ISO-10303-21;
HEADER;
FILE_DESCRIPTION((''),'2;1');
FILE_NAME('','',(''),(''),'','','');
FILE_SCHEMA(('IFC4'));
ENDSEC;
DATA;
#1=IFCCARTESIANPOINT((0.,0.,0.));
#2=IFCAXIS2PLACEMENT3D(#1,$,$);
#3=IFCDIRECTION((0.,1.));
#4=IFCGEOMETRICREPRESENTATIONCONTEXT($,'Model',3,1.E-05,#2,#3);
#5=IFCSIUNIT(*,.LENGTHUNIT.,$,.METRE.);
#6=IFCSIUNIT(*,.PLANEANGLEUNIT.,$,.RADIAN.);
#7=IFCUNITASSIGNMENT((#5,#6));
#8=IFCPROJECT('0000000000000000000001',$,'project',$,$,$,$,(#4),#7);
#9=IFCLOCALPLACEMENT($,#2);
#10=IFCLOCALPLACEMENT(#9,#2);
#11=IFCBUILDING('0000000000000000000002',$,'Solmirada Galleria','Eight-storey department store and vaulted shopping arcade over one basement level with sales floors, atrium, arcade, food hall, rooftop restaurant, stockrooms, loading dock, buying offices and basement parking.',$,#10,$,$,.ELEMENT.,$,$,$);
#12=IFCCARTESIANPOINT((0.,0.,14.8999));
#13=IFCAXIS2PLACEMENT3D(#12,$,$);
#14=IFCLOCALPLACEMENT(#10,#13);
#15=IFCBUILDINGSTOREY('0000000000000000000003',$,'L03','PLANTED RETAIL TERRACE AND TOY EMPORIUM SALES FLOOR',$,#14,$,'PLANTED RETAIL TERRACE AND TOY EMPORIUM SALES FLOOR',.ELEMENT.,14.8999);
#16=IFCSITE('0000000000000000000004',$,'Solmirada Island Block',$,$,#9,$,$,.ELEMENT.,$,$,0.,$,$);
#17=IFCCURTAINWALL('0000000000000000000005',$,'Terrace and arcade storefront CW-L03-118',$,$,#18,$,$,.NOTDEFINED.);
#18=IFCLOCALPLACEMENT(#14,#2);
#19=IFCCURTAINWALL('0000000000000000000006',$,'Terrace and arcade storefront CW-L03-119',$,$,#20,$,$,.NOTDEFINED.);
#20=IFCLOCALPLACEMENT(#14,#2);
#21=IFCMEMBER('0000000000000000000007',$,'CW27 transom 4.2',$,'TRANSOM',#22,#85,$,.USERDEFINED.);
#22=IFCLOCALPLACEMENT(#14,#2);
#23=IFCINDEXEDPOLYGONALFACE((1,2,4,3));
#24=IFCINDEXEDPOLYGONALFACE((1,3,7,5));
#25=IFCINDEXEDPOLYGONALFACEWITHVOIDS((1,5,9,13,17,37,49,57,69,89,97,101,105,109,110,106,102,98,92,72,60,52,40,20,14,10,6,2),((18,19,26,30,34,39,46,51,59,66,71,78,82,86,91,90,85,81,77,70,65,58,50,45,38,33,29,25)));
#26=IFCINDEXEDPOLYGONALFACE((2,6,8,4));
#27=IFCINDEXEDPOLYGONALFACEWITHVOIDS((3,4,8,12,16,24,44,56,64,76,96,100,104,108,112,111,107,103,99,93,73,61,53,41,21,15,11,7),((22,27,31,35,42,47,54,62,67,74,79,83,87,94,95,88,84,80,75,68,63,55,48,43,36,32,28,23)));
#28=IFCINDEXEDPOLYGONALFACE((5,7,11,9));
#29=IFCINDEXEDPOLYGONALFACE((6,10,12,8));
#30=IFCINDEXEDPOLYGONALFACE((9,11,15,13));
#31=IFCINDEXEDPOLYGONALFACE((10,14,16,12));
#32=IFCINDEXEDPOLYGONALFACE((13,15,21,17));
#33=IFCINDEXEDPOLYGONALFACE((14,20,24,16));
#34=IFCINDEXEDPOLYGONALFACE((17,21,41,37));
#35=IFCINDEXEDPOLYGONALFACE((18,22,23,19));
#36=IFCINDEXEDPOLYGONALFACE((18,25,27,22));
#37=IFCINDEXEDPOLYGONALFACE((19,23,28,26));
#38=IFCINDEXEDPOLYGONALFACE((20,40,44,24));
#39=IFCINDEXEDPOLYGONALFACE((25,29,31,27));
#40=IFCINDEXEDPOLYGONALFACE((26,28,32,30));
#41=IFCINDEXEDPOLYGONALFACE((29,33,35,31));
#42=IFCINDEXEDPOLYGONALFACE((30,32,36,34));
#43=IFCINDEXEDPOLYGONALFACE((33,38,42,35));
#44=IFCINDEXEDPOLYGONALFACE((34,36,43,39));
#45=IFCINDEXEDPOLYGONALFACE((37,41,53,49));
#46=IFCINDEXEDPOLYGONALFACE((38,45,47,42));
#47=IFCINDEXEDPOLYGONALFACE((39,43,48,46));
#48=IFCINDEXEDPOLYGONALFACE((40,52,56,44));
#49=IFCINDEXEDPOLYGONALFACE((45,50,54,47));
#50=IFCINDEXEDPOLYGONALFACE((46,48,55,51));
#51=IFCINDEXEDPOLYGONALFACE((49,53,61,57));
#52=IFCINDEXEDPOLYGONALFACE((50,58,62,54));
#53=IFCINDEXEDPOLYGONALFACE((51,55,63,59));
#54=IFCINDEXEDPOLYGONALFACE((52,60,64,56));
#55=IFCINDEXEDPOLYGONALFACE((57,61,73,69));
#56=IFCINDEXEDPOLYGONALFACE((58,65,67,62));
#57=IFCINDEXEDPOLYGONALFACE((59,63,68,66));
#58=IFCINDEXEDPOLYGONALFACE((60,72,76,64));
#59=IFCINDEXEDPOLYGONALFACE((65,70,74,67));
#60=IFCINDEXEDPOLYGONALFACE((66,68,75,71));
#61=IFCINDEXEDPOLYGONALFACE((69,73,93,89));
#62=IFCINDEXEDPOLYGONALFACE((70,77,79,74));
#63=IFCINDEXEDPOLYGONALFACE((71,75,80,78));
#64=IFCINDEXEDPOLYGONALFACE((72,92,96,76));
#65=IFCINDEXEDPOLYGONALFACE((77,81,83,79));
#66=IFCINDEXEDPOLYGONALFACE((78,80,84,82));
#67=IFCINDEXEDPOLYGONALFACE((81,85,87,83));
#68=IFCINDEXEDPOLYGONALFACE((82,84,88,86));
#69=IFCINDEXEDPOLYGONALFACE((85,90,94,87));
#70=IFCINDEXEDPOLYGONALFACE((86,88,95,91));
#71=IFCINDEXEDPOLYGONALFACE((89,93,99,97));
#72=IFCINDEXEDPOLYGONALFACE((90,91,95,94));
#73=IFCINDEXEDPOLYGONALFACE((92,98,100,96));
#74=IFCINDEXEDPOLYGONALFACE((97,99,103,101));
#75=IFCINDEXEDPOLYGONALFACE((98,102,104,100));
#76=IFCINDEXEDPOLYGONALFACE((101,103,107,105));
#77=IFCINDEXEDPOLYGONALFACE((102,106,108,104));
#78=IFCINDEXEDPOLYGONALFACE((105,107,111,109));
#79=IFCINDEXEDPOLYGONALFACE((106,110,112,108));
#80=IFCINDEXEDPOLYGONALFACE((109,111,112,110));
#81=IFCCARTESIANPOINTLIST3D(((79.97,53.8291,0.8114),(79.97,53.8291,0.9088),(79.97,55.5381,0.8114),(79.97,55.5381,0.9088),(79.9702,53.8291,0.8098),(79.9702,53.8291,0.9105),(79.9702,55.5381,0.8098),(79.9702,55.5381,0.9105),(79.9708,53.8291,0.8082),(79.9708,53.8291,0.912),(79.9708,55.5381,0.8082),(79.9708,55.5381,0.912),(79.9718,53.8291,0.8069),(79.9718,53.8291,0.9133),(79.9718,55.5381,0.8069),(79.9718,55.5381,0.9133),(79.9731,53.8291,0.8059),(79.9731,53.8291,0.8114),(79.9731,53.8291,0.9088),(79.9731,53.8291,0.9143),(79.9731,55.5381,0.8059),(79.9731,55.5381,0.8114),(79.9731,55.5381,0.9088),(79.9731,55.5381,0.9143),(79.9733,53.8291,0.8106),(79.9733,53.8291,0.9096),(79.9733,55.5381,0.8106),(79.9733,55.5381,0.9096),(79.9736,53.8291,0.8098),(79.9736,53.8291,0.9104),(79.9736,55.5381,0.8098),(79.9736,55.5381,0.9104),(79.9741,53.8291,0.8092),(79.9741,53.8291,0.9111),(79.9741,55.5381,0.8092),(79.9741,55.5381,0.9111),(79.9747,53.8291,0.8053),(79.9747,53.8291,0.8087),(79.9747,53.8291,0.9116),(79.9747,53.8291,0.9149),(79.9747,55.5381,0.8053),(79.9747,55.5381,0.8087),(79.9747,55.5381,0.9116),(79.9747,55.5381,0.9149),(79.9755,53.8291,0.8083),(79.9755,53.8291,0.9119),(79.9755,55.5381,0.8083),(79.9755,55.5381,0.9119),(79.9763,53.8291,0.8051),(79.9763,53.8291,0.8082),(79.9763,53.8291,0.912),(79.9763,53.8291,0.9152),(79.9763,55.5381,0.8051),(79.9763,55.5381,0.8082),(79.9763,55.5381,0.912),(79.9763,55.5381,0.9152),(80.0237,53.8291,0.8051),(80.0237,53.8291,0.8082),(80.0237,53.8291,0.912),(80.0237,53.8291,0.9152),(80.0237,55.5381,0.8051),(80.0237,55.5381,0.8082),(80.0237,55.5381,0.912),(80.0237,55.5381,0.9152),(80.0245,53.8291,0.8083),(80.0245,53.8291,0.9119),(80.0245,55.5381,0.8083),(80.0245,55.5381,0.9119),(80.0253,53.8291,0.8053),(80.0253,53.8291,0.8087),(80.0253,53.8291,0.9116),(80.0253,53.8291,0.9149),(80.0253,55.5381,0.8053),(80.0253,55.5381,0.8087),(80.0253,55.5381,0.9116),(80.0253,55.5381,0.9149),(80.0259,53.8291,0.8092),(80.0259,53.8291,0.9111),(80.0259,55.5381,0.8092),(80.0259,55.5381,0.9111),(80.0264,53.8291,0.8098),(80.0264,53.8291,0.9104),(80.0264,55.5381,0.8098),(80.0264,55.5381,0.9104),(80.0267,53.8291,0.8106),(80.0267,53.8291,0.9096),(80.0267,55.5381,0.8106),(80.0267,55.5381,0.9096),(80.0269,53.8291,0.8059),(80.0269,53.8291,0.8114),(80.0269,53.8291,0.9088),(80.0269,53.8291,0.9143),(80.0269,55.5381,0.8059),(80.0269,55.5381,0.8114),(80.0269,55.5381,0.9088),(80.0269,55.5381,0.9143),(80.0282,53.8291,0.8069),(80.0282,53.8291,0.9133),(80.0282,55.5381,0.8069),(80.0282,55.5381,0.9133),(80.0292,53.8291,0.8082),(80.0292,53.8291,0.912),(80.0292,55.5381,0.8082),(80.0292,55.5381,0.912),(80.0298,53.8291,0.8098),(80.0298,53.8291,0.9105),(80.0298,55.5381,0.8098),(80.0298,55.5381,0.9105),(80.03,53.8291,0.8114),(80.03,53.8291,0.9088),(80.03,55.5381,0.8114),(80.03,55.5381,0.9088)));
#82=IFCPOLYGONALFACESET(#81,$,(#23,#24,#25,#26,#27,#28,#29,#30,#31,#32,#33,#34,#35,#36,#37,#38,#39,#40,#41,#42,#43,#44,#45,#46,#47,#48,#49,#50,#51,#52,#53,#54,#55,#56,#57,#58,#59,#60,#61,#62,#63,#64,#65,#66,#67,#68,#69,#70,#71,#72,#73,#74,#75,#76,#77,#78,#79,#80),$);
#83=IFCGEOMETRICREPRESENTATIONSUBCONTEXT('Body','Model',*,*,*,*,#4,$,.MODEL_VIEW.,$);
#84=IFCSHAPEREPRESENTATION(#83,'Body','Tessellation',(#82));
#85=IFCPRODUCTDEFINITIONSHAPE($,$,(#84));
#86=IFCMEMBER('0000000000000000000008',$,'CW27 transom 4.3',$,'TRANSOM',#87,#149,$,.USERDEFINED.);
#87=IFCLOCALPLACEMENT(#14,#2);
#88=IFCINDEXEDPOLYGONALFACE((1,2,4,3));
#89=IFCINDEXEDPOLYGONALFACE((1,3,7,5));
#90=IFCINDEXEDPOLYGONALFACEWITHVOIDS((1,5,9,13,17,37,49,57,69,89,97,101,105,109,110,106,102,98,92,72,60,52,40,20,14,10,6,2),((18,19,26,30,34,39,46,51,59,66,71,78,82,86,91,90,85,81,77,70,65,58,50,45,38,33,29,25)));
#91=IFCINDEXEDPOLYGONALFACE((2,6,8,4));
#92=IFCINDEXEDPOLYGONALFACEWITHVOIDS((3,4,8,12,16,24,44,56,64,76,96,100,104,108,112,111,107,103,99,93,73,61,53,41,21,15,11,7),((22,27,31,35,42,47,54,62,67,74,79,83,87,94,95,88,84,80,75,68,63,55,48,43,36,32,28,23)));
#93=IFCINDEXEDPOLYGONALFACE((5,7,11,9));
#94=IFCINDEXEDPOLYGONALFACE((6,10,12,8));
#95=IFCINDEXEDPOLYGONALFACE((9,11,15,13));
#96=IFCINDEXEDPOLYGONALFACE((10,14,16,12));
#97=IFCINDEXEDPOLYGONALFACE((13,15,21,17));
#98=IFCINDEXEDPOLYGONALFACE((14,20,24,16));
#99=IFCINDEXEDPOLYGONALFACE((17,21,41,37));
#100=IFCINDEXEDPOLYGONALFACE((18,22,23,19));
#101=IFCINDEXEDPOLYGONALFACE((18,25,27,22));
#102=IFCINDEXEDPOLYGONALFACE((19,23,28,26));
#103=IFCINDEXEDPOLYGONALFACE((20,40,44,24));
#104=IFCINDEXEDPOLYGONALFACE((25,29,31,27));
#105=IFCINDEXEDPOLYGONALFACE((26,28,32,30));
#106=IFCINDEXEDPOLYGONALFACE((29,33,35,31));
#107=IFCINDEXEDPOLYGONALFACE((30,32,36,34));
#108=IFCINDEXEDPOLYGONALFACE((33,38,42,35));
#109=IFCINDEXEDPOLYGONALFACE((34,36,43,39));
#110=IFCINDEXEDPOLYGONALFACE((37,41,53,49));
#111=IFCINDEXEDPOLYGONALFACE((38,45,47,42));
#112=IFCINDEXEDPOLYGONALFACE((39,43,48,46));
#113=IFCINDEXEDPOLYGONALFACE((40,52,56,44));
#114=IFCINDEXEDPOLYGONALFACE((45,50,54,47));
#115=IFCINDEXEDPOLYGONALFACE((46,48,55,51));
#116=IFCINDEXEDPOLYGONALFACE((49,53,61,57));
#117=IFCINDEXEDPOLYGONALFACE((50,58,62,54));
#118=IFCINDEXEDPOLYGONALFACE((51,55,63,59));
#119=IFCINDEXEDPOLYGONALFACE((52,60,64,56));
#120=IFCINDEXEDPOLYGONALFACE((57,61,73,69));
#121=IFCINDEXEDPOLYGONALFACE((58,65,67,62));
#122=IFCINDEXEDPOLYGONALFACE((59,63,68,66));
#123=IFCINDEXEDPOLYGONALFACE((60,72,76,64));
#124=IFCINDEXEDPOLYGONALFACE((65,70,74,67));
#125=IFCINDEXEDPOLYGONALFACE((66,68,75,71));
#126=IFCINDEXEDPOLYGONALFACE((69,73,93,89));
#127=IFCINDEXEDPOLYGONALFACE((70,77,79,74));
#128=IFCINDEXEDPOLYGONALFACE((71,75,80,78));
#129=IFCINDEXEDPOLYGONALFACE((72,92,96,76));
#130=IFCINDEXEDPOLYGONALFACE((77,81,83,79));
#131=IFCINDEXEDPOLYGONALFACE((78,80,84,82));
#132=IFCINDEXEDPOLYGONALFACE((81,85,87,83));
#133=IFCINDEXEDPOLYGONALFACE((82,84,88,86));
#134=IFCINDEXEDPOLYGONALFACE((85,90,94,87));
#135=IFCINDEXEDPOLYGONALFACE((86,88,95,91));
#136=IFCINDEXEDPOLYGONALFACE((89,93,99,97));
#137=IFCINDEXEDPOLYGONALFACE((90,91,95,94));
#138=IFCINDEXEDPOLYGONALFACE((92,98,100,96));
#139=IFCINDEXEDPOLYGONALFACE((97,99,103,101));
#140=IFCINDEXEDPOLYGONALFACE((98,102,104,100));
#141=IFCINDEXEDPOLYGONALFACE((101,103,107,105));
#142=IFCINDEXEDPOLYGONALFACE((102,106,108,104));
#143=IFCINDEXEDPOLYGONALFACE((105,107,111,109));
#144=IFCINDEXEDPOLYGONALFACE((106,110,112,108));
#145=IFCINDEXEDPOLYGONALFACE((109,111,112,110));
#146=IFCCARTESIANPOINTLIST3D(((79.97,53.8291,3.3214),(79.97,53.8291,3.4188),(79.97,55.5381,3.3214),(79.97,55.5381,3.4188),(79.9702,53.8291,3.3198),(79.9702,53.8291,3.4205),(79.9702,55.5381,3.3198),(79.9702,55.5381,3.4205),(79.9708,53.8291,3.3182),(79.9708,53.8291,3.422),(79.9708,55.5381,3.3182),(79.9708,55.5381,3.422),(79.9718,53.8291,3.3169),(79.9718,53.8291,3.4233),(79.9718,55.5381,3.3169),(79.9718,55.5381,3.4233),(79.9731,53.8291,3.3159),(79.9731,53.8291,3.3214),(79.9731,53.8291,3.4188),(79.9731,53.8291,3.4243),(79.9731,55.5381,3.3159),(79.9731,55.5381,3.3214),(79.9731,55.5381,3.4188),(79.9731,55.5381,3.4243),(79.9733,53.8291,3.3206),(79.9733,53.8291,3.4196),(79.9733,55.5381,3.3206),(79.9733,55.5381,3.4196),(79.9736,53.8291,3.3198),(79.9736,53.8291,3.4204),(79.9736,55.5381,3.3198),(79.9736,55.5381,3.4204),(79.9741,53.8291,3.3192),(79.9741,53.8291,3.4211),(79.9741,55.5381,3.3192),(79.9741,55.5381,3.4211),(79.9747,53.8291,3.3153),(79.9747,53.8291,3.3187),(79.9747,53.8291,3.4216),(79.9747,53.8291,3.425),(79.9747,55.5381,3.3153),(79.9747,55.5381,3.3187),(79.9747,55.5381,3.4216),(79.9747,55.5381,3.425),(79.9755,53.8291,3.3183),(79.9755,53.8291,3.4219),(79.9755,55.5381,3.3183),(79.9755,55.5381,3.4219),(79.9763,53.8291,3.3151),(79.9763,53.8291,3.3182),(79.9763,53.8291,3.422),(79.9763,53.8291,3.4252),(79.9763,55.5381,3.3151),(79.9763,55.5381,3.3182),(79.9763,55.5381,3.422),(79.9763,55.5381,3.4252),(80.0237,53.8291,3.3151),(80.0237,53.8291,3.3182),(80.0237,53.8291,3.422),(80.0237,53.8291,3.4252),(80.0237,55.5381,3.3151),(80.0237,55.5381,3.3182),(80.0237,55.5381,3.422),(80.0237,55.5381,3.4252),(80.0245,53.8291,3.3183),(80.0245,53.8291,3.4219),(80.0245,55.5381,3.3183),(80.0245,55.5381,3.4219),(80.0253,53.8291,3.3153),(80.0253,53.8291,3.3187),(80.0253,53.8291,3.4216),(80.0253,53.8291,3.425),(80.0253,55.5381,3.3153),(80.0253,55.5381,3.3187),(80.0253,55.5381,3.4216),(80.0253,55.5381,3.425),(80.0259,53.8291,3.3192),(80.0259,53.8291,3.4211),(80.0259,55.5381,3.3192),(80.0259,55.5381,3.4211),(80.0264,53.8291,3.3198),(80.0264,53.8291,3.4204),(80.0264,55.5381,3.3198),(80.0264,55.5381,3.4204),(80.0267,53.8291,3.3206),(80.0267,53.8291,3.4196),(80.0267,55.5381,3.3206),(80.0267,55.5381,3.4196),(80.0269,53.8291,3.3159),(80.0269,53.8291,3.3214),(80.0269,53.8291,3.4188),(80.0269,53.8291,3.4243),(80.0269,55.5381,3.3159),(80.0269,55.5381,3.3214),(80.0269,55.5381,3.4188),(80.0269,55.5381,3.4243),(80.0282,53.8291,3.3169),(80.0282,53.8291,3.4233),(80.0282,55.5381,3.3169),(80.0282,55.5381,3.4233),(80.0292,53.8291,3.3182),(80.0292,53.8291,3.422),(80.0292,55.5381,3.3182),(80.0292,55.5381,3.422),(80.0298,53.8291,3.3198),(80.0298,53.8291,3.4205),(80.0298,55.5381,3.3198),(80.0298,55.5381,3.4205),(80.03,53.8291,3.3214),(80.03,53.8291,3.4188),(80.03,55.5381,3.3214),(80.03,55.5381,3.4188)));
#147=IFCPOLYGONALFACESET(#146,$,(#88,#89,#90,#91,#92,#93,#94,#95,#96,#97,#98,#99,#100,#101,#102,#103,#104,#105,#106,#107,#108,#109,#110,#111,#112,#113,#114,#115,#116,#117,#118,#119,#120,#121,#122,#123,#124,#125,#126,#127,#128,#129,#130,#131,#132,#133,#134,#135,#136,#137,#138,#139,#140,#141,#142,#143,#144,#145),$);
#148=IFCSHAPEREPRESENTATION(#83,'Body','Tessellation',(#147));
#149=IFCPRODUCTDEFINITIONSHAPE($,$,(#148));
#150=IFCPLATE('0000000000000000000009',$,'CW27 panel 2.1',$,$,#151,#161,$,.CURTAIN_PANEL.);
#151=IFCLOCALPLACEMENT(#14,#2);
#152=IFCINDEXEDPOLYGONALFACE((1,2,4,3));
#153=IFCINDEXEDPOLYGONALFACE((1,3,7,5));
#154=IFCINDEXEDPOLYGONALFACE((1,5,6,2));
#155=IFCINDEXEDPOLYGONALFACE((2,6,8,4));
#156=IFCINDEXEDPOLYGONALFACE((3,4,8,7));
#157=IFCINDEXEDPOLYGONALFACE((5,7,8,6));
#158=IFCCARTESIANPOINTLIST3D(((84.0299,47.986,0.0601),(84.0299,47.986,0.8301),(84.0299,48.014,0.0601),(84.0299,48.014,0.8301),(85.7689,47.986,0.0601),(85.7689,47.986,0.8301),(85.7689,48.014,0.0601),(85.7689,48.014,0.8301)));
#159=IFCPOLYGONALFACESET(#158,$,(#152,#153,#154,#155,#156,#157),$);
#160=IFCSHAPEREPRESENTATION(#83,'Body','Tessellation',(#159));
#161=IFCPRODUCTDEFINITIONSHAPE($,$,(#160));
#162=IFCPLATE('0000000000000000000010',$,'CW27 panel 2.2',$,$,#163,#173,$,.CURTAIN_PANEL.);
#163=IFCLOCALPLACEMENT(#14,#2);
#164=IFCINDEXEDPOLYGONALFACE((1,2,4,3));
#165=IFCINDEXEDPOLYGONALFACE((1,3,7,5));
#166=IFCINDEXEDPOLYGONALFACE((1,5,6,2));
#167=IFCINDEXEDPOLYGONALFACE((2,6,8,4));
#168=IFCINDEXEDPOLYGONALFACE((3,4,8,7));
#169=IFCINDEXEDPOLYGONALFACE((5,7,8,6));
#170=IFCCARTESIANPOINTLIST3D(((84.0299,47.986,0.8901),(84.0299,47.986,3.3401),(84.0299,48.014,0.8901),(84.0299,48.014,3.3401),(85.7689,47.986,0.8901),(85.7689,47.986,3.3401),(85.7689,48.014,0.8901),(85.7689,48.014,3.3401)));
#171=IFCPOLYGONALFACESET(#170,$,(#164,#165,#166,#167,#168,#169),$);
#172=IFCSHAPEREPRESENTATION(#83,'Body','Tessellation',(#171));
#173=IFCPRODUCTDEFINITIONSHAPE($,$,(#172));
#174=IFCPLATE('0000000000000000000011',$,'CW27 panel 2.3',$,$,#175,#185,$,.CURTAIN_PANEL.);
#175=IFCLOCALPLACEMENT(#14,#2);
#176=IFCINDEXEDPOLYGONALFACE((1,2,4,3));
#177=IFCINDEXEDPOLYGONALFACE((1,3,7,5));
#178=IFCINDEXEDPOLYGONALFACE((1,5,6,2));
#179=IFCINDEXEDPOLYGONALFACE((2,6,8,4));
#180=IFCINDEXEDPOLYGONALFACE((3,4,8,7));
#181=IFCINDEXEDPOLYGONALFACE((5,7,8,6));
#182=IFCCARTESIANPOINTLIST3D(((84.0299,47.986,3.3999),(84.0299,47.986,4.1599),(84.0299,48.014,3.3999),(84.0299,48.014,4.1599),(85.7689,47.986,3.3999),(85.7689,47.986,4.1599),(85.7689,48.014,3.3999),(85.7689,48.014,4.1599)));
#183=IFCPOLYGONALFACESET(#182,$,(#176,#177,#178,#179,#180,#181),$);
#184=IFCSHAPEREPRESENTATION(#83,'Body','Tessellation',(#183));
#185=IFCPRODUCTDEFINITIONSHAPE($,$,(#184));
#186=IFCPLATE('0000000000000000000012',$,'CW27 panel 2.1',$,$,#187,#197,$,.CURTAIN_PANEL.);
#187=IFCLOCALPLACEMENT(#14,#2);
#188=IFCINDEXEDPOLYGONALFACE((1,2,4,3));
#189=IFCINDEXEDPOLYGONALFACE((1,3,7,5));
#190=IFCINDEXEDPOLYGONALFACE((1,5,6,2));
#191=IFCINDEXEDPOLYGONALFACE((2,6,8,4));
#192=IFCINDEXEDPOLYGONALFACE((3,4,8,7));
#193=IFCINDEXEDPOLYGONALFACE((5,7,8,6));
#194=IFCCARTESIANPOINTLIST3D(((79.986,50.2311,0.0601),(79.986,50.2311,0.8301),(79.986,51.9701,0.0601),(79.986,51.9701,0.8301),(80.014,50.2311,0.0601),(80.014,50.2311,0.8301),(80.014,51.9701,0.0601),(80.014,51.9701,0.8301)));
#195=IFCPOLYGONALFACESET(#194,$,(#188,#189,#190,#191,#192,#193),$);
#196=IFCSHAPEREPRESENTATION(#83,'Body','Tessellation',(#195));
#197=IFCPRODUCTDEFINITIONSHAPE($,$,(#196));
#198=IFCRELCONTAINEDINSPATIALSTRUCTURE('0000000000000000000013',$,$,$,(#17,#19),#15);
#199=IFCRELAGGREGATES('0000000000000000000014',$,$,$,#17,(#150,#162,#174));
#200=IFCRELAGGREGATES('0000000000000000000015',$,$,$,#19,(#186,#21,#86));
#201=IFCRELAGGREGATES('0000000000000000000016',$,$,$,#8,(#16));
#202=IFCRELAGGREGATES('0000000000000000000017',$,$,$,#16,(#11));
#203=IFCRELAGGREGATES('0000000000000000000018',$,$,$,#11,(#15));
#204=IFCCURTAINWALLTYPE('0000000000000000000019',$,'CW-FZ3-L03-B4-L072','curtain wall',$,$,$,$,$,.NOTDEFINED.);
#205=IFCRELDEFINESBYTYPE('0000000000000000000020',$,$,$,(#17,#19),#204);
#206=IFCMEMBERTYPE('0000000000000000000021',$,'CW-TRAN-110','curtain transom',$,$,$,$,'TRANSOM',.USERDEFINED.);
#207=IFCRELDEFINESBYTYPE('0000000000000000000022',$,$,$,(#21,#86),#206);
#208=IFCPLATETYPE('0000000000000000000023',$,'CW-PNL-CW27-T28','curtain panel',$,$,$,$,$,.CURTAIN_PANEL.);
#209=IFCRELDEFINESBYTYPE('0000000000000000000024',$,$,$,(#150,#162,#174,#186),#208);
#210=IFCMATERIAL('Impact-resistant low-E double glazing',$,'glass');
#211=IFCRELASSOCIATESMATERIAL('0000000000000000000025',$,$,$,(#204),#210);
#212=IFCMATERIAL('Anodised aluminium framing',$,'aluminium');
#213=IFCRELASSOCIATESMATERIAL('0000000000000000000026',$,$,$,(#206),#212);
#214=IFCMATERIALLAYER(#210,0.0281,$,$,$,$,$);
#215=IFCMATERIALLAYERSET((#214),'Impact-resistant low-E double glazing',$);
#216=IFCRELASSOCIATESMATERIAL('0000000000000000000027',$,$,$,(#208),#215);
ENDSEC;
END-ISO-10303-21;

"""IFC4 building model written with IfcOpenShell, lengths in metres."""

from ifc_helpers import new_model, si_unit, direction, frame, origin, origin_2d, place, context, subcontext, project, spatial, rectangle, hollow_rectangle, extrude, material, layer, layer_set, material_profile, profile_set, type_object, element, aggregate, save


model = new_model("IFC4")

# Units and contexts
model_context = context("Model", 3, precision=1e-05, world=origin(), true_north=direction((0.0, 1.0)))
body_context = subcontext(model_context, "Body", "Model", "MODEL_VIEW")
ifc_project = project(units=[si_unit("LENGTHUNIT", "METRE"), si_unit("PLANEANGLEUNIT", "RADIAN")], contexts=[model_context])

# Site, building, storey
site_placement = place(None, origin())
site = spatial("IfcSite", under=ifc_project, at=site_placement, Name="Solmirada Island Block", CompositionType="ELEMENT", RefElevation=0.0)
building_placement = place(site_placement, origin())
building = spatial("IfcBuilding", under=site, at=building_placement, Name="Solmirada Galleria", Description="Eight-storey department store and vaulted shopping arcade over one basement level with sales floors, atrium, arcade, food hall, rooftop restaurant, stockrooms, loading dock, buying offices and basement parking.", CompositionType="ELEMENT")
storey_placement = place(building_placement, frame((0.0, 0.0, 14.8999)))
storey = spatial("IfcBuildingStorey", under=building, at=storey_placement, Name="L03", Description="PLANTED RETAIL TERRACE AND TOY EMPORIUM SALES FLOOR", LongName="PLANTED RETAIL TERRACE AND TOY EMPORIUM SALES FLOOR", CompositionType="ELEMENT", Elevation=14.8999)

# Curtain walls
ifc_material_1 = material(Name="Impact-resistant low-E double glazing", Category="glass")
curtain_wall_type = type_object("IfcCurtainWallType", Name="CW-FZ3-L03-B4-L072", Description="curtain wall", PredefinedType="NOTDEFINED", material=ifc_material_1)
curtain_wall_1_placement = place(storey_placement, origin())
curtain_wall_1 = element("IfcCurtainWall", 1, at=curtain_wall_1_placement, inside=storey, type_object=curtain_wall_type, Name="Terrace and arcade storefront CW-L03-118", PredefinedType="NOTDEFINED")
ifc_material_2 = material(Name="Anodised aluminium framing", Category="aluminium")
curtain_wall_2_placement = place(storey_placement, origin())
curtain_wall_2 = element("IfcCurtainWall", 2, at=curtain_wall_2_placement, inside=storey, type_object=curtain_wall_type, Name="Terrace and arcade storefront CW-L03-119", PredefinedType="NOTDEFINED")

# Members
ifc_material_profile_1 = material_profile(ifc_material_2, hollow_rectangle(XDim=0.0601, YDim=0.1101, WallThickness=0.0032, InnerFilletRadius=0.0032, OuterFilletRadius=0.0063, at=origin_2d()), Name="ALU-TRAN-110X60")
ifc_profile_set_1 = profile_set([ifc_material_profile_1], Name="Anodised aluminium framing")
member_type_1 = type_object("IfcMemberType", Name="CW-TRAN-110", Description="curtain transom", ElementType="TRANSOM", PredefinedType="USERDEFINED", material=ifc_profile_set_1)
member_1_placement = place(storey_placement, frame((80.0, 53.8291, 0.8601), z_axis=(0.0, 1.0, 0.0), x_axis=(-1.0, 0.0, 0.0)))
member_1 = element("IfcMember", 3, at=member_1_placement, type_object=member_type_1, Name="CW27 transom 4.2", ObjectType="TRANSOM", PredefinedType="USERDEFINED", context=body_context, shape_type="SweptSolid", body=[
    extrude(hollow_rectangle(XDim=0.0601, YDim=0.1101, WallThickness=0.0032, InnerFilletRadius=0.0032, OuterFilletRadius=0.0063, at=origin_2d()), origin(), (0.0, 0.0, 1.0), 1.709),
])
member_2_placement = place(storey_placement, frame((80.0, 53.8291, 3.3701), z_axis=(0.0, 1.0, 0.0), x_axis=(-1.0, 0.0, 0.0)))
member_2 = element("IfcMember", 4, at=member_2_placement, type_object=member_type_1, Name="CW27 transom 4.3", ObjectType="TRANSOM", PredefinedType="USERDEFINED", context=body_context, shape_type="SweptSolid", body=[
    extrude(hollow_rectangle(XDim=0.0601, YDim=0.1101, WallThickness=0.0032, InnerFilletRadius=0.0032, OuterFilletRadius=0.0063, at=origin_2d()), origin(), (0.0, 0.0, 1.0), 1.709),
])

# Plates
ifc_layer_1 = layer(ifc_material_1, 0.0281)
ifc_layer_set_1 = layer_set([ifc_layer_1], Name="Impact-resistant low-E double glazing")
plate_type = type_object("IfcPlateType", Name="CW-PNL-CW27-T28", Description="curtain panel", PredefinedType="CURTAIN_PANEL", material=ifc_layer_set_1)
plate_1_placement = place(storey_placement, frame((84.8994, 48.0, 0.0601), z_axis=(0.0, 0.0, 1.0), x_axis=(-1.0, 0.0, 0.0)))
plate_1 = element("IfcPlate", 5, at=plate_1_placement, type_object=plate_type, Name="CW27 panel 2.1", PredefinedType="CURTAIN_PANEL", context=body_context, shape_type="SweptSolid", body=[
    extrude(rectangle(XDim=1.739, YDim=0.0281, at=origin_2d()), origin(), (0.0, 0.0, 1.0), 0.77),
])
plate_2_placement = place(storey_placement, frame((84.8994, 48.0, 0.8901), z_axis=(0.0, 0.0, 1.0), x_axis=(-1.0, 0.0, 0.0)))
plate_2 = element("IfcPlate", 6, at=plate_2_placement, type_object=plate_type, Name="CW27 panel 2.2", PredefinedType="CURTAIN_PANEL", context=body_context, shape_type="SweptSolid", body=[
    extrude(rectangle(XDim=1.739, YDim=0.0281, at=origin_2d()), origin(), (0.0, 0.0, 1.0), 2.45),
])
plate_3_placement = place(storey_placement, frame((84.8994, 48.0, 3.3999), z_axis=(0.0, 0.0, 1.0), x_axis=(-1.0, 0.0, 0.0)))
plate_3 = element("IfcPlate", 7, at=plate_3_placement, type_object=plate_type, Name="CW27 panel 2.3", PredefinedType="CURTAIN_PANEL", context=body_context, shape_type="SweptSolid", body=[
    extrude(rectangle(XDim=1.739, YDim=0.0281, at=origin_2d()), origin(), (0.0, 0.0, 1.0), 0.76),
])
aggregate(curtain_wall_1, [plate_1, plate_2, plate_3])
plate_4_placement = place(storey_placement, frame((80.0, 51.1006, 0.0601), z_axis=(0.0, 0.0, 1.0), x_axis=(0.0, 1.0, 0.0)))
plate_4 = element("IfcPlate", 8, at=plate_4_placement, type_object=plate_type, Name="CW27 panel 2.1", PredefinedType="CURTAIN_PANEL", context=body_context, shape_type="SweptSolid", body=[
    extrude(rectangle(XDim=1.739, YDim=0.0281, at=origin_2d()), origin(), (0.0, 0.0, 1.0), 0.77),
])
aggregate(curtain_wall_2, [plate_4, member_1, member_2])

save(model, "model.ifc")
